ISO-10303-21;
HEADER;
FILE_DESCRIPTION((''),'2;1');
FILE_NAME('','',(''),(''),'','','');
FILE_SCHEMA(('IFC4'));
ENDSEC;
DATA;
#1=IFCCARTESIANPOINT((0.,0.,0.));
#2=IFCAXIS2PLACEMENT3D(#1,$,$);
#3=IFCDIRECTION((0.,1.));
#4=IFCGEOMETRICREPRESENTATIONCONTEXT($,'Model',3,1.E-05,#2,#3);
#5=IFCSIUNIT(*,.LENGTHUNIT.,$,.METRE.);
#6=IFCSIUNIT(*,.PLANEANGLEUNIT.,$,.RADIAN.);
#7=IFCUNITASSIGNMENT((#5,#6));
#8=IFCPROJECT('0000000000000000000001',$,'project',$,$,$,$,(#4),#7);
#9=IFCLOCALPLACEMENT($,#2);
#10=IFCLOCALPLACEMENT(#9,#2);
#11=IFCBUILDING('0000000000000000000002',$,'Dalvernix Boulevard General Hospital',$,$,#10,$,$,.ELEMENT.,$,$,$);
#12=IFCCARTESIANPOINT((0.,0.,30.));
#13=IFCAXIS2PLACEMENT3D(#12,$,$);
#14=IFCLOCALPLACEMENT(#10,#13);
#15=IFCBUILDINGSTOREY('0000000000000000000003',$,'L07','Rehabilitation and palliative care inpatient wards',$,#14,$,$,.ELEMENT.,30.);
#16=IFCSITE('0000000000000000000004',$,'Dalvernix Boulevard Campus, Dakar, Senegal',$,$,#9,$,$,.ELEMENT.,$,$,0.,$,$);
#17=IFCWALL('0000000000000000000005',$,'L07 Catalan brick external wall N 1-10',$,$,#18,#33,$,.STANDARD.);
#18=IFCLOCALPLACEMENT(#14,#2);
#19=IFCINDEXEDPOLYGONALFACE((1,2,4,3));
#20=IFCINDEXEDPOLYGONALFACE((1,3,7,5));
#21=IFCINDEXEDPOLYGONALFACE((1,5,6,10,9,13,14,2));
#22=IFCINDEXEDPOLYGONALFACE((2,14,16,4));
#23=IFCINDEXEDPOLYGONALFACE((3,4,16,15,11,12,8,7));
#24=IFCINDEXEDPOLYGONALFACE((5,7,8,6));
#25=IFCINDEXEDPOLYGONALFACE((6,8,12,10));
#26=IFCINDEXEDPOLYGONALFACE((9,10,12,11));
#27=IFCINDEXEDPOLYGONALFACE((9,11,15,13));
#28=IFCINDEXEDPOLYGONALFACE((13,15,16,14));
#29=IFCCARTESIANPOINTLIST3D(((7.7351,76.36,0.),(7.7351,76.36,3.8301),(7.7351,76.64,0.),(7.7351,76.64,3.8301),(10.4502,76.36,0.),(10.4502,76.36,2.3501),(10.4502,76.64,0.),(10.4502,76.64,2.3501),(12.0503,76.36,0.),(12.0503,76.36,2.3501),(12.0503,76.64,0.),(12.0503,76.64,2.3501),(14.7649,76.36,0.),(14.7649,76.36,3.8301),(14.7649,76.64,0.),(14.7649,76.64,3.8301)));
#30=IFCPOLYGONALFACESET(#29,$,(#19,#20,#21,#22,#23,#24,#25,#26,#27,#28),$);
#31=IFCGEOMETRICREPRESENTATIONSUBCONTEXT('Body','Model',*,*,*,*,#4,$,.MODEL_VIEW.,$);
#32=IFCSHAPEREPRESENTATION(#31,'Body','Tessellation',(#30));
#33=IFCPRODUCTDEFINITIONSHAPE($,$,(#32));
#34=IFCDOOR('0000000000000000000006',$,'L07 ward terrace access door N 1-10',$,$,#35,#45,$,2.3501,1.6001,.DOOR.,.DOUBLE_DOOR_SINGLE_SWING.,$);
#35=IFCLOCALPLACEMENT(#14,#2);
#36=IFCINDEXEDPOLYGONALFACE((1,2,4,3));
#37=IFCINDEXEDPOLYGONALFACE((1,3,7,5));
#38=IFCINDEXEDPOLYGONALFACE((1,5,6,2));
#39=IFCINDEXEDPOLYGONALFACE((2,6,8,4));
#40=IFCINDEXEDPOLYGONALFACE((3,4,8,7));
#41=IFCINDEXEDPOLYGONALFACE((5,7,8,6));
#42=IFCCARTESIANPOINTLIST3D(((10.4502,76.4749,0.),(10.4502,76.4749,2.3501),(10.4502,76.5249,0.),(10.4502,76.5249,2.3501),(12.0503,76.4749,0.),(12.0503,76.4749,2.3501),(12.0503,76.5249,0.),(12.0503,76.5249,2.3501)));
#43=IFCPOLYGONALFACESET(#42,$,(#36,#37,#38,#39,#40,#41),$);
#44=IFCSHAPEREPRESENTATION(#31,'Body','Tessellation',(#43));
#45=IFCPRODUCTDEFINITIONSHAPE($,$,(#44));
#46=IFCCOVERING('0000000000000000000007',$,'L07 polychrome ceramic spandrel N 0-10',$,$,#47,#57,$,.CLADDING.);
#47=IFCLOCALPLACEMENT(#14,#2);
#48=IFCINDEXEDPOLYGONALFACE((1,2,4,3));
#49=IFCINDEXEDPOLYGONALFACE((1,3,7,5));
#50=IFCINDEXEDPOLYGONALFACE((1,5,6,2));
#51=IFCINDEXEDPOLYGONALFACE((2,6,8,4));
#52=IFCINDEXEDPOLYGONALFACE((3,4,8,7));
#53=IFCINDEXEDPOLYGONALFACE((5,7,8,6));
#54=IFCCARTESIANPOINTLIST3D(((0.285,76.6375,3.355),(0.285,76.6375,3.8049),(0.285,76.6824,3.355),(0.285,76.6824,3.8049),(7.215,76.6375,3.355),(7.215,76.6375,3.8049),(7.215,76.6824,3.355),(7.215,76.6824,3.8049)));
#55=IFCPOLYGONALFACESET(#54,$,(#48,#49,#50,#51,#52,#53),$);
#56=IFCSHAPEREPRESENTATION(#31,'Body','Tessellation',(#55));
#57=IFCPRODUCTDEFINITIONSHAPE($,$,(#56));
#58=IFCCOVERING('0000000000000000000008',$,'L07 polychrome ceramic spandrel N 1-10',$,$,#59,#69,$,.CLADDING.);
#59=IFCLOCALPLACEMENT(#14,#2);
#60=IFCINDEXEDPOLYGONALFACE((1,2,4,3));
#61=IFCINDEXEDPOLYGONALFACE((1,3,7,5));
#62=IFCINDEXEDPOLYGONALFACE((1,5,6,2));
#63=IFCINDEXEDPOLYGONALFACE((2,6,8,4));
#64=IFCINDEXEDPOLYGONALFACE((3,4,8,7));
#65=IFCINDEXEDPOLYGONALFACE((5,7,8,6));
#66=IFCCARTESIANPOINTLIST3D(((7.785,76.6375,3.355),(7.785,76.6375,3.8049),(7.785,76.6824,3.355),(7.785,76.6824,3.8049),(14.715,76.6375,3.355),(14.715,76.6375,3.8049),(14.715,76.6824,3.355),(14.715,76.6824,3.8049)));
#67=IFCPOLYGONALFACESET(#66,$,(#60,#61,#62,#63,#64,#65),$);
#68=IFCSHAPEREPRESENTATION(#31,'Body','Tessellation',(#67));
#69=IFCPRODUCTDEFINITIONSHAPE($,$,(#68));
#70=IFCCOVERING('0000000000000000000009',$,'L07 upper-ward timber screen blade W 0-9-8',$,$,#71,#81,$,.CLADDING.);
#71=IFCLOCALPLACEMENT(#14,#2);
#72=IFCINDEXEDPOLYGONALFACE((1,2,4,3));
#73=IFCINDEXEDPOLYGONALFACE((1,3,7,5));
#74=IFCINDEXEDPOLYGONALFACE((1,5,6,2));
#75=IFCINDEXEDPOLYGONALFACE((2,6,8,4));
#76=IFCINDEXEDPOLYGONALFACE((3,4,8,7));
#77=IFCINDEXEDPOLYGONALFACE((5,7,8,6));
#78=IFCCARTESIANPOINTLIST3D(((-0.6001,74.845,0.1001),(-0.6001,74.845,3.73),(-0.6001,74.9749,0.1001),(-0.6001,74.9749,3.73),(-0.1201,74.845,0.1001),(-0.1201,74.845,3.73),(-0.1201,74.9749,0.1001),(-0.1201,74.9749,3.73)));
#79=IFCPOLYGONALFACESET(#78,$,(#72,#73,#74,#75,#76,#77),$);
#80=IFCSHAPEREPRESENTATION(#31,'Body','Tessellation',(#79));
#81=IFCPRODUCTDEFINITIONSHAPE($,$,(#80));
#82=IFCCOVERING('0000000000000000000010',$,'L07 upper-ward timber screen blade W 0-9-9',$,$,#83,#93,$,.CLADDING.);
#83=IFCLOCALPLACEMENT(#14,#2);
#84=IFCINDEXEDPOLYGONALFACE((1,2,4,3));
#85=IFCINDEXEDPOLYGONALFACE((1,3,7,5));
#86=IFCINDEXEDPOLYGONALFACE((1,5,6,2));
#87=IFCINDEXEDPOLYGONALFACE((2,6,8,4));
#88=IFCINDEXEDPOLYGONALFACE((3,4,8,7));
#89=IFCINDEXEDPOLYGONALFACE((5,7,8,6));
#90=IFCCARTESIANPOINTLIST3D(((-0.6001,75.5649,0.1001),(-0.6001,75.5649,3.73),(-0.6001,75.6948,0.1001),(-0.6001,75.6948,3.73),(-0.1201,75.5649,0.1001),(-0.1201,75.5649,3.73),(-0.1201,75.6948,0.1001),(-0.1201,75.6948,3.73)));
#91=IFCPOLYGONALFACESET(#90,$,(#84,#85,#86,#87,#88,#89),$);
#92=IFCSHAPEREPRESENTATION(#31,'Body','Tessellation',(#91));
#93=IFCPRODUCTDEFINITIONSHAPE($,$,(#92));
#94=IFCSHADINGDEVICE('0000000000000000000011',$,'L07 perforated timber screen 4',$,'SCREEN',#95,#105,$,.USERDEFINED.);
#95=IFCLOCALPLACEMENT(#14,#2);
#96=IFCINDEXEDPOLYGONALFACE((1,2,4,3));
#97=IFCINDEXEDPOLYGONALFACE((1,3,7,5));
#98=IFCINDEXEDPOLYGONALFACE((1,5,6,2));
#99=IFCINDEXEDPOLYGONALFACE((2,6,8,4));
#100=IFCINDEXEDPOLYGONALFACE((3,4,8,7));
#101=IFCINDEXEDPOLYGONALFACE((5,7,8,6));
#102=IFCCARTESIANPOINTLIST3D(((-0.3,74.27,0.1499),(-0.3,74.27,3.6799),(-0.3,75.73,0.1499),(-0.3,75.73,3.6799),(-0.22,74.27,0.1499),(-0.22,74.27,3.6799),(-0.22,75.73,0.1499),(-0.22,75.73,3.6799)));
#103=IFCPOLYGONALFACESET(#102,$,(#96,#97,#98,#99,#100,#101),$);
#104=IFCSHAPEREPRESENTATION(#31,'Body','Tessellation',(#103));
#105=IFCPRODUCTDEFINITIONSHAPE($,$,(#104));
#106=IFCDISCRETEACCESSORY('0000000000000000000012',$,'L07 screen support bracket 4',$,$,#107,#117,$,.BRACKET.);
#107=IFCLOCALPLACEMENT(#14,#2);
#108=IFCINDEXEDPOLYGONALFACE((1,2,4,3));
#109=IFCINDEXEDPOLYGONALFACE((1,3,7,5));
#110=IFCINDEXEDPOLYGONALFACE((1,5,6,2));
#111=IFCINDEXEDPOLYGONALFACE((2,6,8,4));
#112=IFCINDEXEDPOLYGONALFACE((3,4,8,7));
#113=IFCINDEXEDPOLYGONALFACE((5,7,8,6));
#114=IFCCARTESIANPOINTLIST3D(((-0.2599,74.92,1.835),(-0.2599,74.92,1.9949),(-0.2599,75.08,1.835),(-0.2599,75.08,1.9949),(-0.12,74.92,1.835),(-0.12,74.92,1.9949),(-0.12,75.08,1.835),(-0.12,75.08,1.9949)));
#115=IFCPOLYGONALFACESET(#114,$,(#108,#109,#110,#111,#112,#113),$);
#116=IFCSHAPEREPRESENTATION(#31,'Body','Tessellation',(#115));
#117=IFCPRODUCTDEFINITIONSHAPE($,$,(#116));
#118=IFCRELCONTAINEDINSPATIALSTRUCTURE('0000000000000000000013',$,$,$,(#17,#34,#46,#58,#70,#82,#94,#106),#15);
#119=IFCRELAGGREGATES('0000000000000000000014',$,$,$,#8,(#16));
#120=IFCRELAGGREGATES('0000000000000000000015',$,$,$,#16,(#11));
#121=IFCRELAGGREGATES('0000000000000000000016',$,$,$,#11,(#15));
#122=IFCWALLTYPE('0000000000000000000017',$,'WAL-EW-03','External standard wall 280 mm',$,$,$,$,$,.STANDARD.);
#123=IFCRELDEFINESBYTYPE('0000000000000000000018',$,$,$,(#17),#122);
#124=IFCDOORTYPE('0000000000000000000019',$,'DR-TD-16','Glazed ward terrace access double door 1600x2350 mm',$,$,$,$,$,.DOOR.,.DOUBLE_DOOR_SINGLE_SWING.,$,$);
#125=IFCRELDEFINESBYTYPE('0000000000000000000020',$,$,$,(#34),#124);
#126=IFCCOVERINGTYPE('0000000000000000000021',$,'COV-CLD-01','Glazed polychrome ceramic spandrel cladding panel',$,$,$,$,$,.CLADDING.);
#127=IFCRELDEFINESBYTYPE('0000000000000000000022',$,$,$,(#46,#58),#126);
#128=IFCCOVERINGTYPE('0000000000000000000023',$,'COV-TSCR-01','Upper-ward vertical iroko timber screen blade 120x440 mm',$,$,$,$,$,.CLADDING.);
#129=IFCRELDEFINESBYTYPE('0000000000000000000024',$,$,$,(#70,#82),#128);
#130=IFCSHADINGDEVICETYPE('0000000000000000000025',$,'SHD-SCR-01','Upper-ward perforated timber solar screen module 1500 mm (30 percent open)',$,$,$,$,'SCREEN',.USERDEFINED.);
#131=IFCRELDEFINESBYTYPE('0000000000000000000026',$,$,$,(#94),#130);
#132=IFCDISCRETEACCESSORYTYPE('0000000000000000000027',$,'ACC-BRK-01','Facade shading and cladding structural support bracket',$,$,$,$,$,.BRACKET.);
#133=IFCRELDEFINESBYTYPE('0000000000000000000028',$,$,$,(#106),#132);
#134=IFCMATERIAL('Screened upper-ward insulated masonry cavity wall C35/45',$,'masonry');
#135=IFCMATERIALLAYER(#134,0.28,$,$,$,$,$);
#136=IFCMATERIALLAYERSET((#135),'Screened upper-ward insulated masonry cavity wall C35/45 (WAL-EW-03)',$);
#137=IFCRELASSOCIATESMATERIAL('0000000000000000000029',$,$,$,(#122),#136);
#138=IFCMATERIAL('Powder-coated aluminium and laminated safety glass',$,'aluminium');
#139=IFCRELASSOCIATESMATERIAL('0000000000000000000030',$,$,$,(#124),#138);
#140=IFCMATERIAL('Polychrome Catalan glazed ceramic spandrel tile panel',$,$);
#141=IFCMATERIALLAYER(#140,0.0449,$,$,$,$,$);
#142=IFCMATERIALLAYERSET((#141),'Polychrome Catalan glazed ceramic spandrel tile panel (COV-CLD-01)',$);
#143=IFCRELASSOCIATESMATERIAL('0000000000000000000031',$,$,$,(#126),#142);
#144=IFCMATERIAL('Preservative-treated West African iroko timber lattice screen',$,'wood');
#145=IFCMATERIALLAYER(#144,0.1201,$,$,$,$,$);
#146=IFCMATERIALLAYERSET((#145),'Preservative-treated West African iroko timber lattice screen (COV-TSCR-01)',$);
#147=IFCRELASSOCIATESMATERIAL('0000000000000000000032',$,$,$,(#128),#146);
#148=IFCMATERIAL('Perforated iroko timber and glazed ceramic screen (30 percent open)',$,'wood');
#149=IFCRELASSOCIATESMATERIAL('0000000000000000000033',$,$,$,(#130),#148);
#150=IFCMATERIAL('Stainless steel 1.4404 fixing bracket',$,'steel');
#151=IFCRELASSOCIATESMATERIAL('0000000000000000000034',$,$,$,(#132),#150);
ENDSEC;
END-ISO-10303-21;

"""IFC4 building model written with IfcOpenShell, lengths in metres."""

from ifc_helpers import new_model, si_unit, direction, frame, frame_2d, origin, origin_2d, place, context, subcontext, project, spatial, rectangle, extrude, material, layer, layer_set, type_object, element, fill, save


model = new_model("IFC4")

# Units and contexts
model_context = context("Model", 3, precision=1e-05, world=origin(), true_north=direction((0.0, 1.0)))
body_context = subcontext(model_context, "Body", "Model", "MODEL_VIEW")
ifc_project = project(units=[si_unit("LENGTHUNIT", "METRE"), si_unit("PLANEANGLEUNIT", "RADIAN")], contexts=[model_context])

# Site, building, storey
site_placement = place(None, origin())
site = spatial("IfcSite", under=ifc_project, at=site_placement, Name="Dalvernix Boulevard Campus, Dakar, Senegal", CompositionType="ELEMENT", RefElevation=0.0)
building_placement = place(site_placement, origin())
building = spatial("IfcBuilding", under=site, at=building_placement, Name="Dalvernix Boulevard General Hospital", CompositionType="ELEMENT")
storey_placement = place(building_placement, frame((0.0, 0.0, 30.0)))
storey = spatial("IfcBuildingStorey", under=building, at=storey_placement, Name="L07", Description="Rehabilitation and palliative care inpatient wards", CompositionType="ELEMENT", Elevation=30.0)

# Wall, opening, door
ifc_material_1 = material(Name="Screened upper-ward insulated masonry cavity wall C35/45", Category="masonry")
ifc_layer_1 = layer(ifc_material_1, 0.28)
ifc_layer_set_1 = layer_set([ifc_layer_1], Name="Screened upper-ward insulated masonry cavity wall C35/45 (WAL-EW-03)")
wall_type = type_object("IfcWallType", Name="WAL-EW-03", Description="External standard wall 280 mm", PredefinedType="STANDARD", material=ifc_layer_set_1)
ifc_material_2 = material(Name="Powder-coated aluminium and laminated safety glass", Category="aluminium")
wall_1_placement = place(storey_placement, frame((7.7351, 76.5, 0.0), z_axis=(0.0, 0.0, 1.0), x_axis=(1.0, 0.0, 0.0)))
wall_1 = element("IfcWall", 1, at=wall_1_placement, inside=storey, type_object=wall_type, Name="L07 Catalan brick external wall N 1-10", PredefinedType="STANDARD", context=body_context, shape_type="SweptSolid", body=[
    extrude(rectangle(XDim=7.0298, YDim=0.28, at=frame_2d((3.5149, 0.0))), origin(), (0.0, 0.0, 1.0), 3.8301),
])
opening_1_placement = place(wall_1_placement, frame((2.7151, 0.0, 0.0)))
opening_1 = element("IfcOpeningElement", 2, at=opening_1_placement, cuts=wall_1, PredefinedType="OPENING", context=body_context, shape_type="SweptSolid", body=[
    extrude(rectangle(XDim=1.6001, YDim=2.3501, at=frame_2d((0.8, 1.175))), frame((0.0, 0.1499, 0.0), z_axis=(0.0, -1.0, 0.0), x_axis=(1.0, 0.0, 0.0)), (0.0, 0.0, 1.0), 0.3),
])
door_type_1 = type_object("IfcDoorType", Name="DR-TD-16", Description="Glazed ward terrace access double door 1600x2350 mm", OperationType="DOUBLE_DOOR_SINGLE_SWING", PredefinedType="DOOR", material=ifc_material_2)
door_1_placement = place(opening_1_placement, origin())
door_1 = element("IfcDoor", 3, at=door_1_placement, inside=storey, type_object=door_type_1, Name="L07 ward terrace access door N 1-10", OperationType="DOUBLE_DOOR_SINGLE_SWING", OverallHeight=2.3501, OverallWidth=1.6001, PredefinedType="DOOR", context=body_context, shape_type="SweptSolid", body=[
    extrude(rectangle(XDim=1.6001, YDim=2.3501, at=frame_2d((0.8, 1.175))), frame((0.0, 0.0249, 0.0), z_axis=(0.0, -1.0, 0.0), x_axis=(1.0, 0.0, 0.0)), (0.0, 0.0, 1.0), 0.05),
])
fill(opening_1, door_1)

# Coverings
ifc_material_3 = material(Name="Polychrome Catalan glazed ceramic spandrel tile panel")
ifc_layer_2 = layer(ifc_material_3, 0.0449)
ifc_layer_set_2 = layer_set([ifc_layer_2], Name="Polychrome Catalan glazed ceramic spandrel tile panel (COV-CLD-01)")
covering_type_1 = type_object("IfcCoveringType", Name="COV-CLD-01", Description="Glazed polychrome ceramic spandrel cladding panel", PredefinedType="CLADDING", material=ifc_layer_set_2)
for number, where, z_axis, x_axis, name in (
    (4, (3.75, 76.6599, 3.355), (0.0, 0.0, 1.0), (1.0, 0.0, 0.0), "L07 polychrome ceramic spandrel N 0-10"),
    (5, (11.25, 76.6599, 3.355), (0.0, 0.0, 1.0), (1.0, 0.0, 0.0), "L07 polychrome ceramic spandrel N 1-10"),
):
    element("IfcCovering", number, at=place(storey_placement, frame(where, z_axis=z_axis, x_axis=x_axis)), inside=storey, type_object=covering_type_1, Name=name, PredefinedType="CLADDING", context=body_context, shape_type="SweptSolid", body=[
        extrude(rectangle(XDim=6.9299, YDim=0.0449, at=origin_2d()), origin(), (0.0, 0.0, 1.0), 0.45),
    ])
ifc_material_4 = material(Name="Preservative-treated West African iroko timber lattice screen", Category="wood")
ifc_layer_3 = layer(ifc_material_4, 0.1201)
ifc_layer_set_3 = layer_set([ifc_layer_3], Name="Preservative-treated West African iroko timber lattice screen (COV-TSCR-01)")
covering_type_2 = type_object("IfcCoveringType", Name="COV-TSCR-01", Description="Upper-ward vertical iroko timber screen blade 120x440 mm", PredefinedType="CLADDING", material=ifc_layer_set_3)
for number, where, z_axis, x_axis, name in (
    (6, (-0.3601, 74.9099, 0.1001), (0.0, 0.0, 1.0), (0.0, 1.0, 0.0), "L07 upper-ward timber screen blade W 0-9-8"),
    (7, (-0.3601, 75.6299, 0.1001), (0.0, 0.0, 1.0), (0.0, 1.0, 0.0), "L07 upper-ward timber screen blade W 0-9-9"),
):
    element("IfcCovering", number, at=place(storey_placement, frame(where, z_axis=z_axis, x_axis=x_axis)), inside=storey, type_object=covering_type_2, Name=name, PredefinedType="CLADDING", context=body_context, shape_type="SweptSolid", body=[
        extrude(rectangle(XDim=0.1299, YDim=0.48, at=origin_2d()), origin(), (0.0, 0.0, 1.0), 3.6299),
    ])

# Shading device
ifc_material_5 = material(Name="Perforated iroko timber and glazed ceramic screen (30 percent open)", Category="wood")
shading_device_type = type_object("IfcShadingDeviceType", Name="SHD-SCR-01", Description="Upper-ward perforated timber solar screen module 1500 mm (30 percent open)", ElementType="SCREEN", PredefinedType="USERDEFINED", material=ifc_material_5)
shading_device_placement = place(storey_placement, frame((-0.26, 75.0, 0.1499), z_axis=(0.0, 0.0, 1.0), x_axis=(0.0, 1.0, 0.0)))
element("IfcShadingDevice", 8, at=shading_device_placement, inside=storey, type_object=shading_device_type, Name="L07 perforated timber screen 4", ObjectType="SCREEN", PredefinedType="USERDEFINED", context=body_context, shape_type="SweptSolid", body=[
    extrude(rectangle(XDim=1.46, YDim=0.0801, at=origin_2d()), origin(), (0.0, 0.0, 1.0), 3.53),
])

# Discrete accessory
ifc_material_6 = material(Name="Stainless steel 1.4404 fixing bracket", Category="steel")
discrete_accessory_type = type_object("IfcDiscreteAccessoryType", Name="ACC-BRK-01", Description="Facade shading and cladding structural support bracket", PredefinedType="BRACKET", material=ifc_material_6)
discrete_accessory_placement = place(storey_placement, frame((-0.1899, 75.0, 1.835), z_axis=(0.0, 0.0, 1.0), x_axis=(0.0, 1.0, 0.0)))
element("IfcDiscreteAccessory", 9, at=discrete_accessory_placement, inside=storey, type_object=discrete_accessory_type, Name="L07 screen support bracket 4", PredefinedType="BRACKET", context=body_context, shape_type="SweptSolid", body=[
    extrude(rectangle(XDim=0.1599, YDim=0.1399, at=origin_2d()), origin(), (0.0, 0.0, 1.0), 0.1599),
])

save(model, "model.ifc")
